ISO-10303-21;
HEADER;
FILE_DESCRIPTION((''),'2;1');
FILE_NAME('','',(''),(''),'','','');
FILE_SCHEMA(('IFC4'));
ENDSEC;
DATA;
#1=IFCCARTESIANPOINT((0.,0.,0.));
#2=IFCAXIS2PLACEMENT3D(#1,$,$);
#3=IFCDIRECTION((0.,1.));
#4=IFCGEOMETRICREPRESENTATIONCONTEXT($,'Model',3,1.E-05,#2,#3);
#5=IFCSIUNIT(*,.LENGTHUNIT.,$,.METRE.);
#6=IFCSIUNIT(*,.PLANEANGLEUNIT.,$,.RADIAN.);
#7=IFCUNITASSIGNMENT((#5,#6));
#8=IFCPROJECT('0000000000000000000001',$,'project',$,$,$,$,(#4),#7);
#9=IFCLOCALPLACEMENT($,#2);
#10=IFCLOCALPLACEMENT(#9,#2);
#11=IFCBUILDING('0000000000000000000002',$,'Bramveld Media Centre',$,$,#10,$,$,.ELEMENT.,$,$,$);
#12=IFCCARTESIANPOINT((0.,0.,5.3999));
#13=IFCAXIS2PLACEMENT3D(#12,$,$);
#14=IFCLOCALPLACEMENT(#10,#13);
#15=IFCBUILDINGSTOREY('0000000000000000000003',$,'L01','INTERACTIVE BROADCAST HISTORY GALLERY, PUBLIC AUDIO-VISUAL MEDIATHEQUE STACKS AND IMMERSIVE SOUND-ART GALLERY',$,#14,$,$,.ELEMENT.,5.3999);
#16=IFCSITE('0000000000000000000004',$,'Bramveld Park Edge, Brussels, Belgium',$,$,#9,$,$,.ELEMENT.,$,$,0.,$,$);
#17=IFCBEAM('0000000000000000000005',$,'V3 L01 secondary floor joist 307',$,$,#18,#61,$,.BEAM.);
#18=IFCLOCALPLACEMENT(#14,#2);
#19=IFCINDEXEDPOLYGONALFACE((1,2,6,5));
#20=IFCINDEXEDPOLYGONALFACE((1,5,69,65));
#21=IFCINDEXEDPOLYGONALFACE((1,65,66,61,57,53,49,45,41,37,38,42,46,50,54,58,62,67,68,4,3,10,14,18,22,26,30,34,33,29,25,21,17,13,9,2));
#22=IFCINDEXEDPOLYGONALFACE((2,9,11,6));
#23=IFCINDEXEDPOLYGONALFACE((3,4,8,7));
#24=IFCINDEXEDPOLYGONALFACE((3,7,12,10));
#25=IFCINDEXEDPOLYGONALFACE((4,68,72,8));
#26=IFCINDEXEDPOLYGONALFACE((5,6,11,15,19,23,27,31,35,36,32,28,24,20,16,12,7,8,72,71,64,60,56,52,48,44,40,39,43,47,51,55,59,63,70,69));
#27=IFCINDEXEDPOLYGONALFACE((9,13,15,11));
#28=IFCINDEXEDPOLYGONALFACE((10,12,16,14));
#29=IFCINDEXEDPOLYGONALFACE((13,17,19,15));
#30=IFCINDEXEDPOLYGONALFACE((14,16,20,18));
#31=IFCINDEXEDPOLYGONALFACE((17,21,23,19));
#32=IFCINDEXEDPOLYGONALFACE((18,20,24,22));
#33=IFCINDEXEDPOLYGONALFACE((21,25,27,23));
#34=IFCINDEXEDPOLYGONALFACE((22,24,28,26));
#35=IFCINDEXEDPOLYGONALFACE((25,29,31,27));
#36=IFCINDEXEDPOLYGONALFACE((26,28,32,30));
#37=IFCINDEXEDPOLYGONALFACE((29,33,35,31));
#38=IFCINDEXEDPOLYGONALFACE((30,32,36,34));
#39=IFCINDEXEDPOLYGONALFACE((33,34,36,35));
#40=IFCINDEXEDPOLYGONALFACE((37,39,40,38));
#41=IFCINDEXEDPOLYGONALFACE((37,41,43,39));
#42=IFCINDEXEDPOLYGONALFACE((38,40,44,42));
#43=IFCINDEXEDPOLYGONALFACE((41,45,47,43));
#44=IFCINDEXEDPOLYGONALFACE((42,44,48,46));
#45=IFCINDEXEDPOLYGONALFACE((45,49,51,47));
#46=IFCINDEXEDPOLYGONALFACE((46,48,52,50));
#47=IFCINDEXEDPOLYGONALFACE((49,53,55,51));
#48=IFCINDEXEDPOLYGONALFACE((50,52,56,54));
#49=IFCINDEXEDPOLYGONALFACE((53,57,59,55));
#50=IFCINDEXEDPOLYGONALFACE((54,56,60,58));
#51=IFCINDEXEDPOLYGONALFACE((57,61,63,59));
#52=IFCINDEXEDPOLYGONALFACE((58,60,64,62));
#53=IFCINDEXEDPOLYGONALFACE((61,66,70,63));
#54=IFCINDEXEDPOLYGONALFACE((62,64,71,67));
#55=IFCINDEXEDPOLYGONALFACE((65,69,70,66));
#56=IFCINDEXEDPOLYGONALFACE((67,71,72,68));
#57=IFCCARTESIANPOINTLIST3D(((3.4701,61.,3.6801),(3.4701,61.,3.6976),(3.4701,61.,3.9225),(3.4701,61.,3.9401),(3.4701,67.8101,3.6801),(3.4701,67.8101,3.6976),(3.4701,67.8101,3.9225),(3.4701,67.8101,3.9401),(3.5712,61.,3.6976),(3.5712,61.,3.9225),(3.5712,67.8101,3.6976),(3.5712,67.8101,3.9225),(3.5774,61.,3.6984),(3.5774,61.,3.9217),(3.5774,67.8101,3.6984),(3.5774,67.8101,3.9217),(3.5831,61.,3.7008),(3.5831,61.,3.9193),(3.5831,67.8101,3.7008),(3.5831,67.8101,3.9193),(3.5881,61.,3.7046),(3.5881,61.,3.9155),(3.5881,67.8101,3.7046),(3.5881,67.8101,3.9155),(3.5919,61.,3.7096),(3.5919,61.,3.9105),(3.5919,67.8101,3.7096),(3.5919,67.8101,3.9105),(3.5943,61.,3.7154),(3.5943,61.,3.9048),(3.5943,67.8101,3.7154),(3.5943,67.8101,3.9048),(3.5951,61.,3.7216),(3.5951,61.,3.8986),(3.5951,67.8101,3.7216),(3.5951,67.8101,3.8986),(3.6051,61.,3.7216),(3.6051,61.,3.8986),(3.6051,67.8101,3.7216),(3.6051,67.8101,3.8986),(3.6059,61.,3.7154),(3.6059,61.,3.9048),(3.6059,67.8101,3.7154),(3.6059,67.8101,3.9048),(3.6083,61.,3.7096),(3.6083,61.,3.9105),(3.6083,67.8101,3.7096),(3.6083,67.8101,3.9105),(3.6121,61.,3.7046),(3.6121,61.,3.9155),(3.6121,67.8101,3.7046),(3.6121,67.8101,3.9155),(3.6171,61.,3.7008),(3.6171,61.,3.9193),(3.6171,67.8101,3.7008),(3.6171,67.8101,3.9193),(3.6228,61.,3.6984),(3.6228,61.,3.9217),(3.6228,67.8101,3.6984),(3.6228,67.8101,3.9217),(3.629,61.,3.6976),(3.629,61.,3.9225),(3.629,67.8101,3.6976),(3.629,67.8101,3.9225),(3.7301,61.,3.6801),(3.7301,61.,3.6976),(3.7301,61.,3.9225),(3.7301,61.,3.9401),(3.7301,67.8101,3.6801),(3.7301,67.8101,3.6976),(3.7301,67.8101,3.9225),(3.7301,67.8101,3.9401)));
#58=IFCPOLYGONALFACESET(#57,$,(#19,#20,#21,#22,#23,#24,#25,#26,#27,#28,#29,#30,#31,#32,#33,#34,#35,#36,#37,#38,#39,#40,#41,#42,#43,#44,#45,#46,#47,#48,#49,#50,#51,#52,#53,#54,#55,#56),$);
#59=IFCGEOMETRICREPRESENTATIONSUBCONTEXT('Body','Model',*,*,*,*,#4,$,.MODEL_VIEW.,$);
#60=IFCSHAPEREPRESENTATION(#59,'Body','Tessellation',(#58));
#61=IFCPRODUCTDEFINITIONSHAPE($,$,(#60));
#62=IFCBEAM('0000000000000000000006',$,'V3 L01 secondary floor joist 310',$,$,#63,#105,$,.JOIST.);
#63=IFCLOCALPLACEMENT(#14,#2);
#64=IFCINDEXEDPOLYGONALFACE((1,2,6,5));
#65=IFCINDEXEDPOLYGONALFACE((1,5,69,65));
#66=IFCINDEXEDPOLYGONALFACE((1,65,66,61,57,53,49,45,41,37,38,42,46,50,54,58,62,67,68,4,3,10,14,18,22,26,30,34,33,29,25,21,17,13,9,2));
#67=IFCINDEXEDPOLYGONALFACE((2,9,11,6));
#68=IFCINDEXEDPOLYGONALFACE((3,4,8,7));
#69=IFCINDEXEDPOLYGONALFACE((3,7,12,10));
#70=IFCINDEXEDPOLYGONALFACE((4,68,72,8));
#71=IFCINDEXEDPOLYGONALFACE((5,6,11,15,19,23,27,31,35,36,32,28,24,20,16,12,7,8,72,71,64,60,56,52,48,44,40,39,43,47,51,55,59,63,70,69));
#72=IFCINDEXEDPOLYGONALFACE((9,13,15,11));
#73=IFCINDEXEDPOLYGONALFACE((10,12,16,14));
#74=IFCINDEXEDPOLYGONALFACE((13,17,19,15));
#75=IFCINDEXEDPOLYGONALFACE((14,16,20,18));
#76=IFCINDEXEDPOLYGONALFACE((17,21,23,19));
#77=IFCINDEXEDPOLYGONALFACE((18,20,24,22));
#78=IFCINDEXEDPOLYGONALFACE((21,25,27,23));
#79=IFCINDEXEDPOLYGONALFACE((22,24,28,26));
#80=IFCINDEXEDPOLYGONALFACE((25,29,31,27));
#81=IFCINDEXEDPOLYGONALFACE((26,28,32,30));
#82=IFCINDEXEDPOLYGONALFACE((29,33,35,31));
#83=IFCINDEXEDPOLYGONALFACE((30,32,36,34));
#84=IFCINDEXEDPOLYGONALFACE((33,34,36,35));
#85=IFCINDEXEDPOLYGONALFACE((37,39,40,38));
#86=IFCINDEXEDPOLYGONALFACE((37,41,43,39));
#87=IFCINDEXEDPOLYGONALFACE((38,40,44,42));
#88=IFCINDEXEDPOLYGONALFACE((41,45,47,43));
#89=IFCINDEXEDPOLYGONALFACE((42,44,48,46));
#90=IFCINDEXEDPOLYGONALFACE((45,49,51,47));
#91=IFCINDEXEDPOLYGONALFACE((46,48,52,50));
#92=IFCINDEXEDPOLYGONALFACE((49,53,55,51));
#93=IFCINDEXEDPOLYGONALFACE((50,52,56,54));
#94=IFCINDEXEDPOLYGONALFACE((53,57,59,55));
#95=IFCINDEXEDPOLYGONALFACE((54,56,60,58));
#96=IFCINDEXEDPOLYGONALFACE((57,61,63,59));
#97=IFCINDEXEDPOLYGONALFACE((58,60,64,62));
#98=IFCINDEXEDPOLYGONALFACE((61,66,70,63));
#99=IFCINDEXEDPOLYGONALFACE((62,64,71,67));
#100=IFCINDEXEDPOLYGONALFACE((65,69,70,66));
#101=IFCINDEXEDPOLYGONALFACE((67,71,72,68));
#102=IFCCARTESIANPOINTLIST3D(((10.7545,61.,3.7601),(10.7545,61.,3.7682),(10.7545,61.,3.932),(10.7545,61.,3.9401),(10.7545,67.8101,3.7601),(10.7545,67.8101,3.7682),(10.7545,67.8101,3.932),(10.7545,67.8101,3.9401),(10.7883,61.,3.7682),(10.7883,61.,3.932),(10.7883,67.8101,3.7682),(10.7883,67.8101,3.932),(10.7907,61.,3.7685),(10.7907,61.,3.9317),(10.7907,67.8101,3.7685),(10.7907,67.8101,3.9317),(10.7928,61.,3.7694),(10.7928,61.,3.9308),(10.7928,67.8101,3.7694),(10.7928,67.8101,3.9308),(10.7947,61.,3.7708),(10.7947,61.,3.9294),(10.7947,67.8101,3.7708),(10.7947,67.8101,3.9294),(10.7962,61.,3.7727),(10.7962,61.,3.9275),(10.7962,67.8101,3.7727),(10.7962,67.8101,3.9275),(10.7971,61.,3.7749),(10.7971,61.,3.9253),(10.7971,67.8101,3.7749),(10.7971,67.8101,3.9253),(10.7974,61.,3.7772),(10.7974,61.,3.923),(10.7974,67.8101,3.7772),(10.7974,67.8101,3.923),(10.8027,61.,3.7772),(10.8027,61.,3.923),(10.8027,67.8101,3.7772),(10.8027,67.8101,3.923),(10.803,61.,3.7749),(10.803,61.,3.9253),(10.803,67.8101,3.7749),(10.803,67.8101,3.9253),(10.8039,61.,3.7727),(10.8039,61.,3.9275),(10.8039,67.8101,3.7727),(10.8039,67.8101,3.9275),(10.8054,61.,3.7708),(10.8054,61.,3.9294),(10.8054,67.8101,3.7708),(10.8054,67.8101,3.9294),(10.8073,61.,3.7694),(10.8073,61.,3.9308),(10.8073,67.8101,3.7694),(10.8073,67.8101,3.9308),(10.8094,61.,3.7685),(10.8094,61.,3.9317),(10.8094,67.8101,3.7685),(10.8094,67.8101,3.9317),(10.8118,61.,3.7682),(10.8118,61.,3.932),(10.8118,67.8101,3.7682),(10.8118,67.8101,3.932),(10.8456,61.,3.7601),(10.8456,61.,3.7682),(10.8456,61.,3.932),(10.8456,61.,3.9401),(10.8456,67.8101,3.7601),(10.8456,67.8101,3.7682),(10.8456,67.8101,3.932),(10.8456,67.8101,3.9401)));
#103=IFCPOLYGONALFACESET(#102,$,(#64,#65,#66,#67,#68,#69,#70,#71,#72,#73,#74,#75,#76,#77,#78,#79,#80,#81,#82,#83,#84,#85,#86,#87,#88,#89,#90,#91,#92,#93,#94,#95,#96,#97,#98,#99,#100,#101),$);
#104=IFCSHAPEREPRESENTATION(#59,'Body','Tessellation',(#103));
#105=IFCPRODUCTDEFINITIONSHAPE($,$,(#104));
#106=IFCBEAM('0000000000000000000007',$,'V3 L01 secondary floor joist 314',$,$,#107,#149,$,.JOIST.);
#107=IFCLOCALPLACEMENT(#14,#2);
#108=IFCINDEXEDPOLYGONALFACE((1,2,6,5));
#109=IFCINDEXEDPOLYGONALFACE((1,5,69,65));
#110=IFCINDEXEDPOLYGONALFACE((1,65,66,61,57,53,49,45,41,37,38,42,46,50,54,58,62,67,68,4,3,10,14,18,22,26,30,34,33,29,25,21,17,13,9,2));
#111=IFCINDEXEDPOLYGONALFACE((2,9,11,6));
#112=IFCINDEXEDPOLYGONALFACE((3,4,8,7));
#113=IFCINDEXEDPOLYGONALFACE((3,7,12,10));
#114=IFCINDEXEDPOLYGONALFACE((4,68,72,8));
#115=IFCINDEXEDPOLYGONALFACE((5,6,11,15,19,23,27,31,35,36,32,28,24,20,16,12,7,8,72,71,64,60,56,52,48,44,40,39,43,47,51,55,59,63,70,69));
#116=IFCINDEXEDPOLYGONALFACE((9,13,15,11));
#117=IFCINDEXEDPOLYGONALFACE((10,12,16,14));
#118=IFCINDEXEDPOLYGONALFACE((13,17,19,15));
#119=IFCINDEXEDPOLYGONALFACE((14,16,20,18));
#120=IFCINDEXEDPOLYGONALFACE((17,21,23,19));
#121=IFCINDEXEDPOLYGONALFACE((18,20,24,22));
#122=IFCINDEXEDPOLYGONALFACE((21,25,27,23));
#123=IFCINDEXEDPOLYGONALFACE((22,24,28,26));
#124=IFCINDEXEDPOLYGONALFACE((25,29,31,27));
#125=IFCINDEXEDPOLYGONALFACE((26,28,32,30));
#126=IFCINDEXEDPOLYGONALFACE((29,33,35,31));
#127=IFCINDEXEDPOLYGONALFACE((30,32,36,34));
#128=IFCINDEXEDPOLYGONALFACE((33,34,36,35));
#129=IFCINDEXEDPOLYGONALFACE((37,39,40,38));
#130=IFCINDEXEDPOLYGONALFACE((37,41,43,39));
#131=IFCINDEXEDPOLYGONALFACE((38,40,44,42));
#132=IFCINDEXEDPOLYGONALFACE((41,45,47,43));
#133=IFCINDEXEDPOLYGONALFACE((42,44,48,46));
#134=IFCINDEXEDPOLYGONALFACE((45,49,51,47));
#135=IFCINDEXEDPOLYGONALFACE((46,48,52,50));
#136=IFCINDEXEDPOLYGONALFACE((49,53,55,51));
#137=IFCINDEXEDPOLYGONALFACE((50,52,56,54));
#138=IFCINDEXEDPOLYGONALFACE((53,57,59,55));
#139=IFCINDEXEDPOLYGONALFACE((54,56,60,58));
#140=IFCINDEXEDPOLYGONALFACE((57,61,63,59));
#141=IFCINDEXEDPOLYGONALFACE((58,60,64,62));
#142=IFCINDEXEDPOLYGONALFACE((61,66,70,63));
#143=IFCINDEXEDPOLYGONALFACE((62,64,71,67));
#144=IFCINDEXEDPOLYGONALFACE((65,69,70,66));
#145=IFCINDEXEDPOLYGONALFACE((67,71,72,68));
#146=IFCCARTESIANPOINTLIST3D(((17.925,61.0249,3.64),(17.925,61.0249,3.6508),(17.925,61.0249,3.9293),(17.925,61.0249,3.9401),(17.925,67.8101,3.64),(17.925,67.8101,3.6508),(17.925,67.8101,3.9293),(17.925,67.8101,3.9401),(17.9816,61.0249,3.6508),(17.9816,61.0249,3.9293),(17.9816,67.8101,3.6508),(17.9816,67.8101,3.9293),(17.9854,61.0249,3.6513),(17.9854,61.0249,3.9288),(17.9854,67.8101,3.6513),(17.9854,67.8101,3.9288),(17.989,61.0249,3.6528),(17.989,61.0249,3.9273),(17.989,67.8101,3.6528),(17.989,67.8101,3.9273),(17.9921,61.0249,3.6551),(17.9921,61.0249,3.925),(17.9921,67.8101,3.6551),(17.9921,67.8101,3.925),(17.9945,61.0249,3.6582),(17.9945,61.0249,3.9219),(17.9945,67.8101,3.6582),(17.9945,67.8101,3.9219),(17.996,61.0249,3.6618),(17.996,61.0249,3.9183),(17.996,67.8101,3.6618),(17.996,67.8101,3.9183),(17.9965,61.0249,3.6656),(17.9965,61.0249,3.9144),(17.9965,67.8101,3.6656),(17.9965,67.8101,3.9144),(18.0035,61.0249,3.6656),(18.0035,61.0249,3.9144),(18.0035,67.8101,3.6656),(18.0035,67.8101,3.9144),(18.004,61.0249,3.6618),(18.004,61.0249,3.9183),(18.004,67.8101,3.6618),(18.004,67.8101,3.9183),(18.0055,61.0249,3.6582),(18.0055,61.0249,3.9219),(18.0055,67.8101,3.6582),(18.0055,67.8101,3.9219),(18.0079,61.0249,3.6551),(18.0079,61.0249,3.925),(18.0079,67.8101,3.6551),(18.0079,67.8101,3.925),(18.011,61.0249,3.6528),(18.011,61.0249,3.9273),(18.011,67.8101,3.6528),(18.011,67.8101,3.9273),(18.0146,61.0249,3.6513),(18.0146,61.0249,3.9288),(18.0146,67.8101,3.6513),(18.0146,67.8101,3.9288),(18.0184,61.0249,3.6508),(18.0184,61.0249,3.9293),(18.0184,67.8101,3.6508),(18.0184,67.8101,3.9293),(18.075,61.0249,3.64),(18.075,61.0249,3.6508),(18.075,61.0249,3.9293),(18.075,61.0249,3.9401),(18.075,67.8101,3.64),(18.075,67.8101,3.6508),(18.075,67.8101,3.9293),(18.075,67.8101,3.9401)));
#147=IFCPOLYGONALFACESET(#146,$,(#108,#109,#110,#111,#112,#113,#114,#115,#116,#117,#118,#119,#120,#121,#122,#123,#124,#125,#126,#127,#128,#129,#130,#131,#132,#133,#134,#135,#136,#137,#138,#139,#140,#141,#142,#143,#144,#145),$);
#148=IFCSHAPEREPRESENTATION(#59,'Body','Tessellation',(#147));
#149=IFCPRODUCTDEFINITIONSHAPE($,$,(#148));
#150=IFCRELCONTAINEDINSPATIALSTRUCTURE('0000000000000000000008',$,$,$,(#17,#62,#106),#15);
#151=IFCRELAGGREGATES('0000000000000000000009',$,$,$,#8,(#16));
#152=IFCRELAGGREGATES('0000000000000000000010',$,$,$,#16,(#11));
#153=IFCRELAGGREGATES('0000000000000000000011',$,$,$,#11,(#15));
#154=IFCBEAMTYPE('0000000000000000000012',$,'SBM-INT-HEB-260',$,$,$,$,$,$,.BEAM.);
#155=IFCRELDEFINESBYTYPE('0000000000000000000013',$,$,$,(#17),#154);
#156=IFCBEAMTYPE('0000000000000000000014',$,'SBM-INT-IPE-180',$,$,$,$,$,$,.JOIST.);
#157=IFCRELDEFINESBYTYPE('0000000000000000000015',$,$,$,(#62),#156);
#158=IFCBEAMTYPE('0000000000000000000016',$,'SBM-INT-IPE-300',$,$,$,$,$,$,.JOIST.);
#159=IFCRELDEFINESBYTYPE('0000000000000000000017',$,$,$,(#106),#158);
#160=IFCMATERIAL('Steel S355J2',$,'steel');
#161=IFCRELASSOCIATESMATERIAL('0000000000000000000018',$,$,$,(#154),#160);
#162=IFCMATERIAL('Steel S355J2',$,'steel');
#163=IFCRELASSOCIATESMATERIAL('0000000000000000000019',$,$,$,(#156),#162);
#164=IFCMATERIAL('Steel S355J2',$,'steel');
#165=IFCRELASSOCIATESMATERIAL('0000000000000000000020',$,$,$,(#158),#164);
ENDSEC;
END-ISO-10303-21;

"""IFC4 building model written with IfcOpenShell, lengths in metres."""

from ifc_helpers import new_model, si_unit, direction, frame, origin, origin_2d, place, context, subcontext, project, spatial, i_section, extrude, material, material_profile, profile_set, type_object, element, save


model = new_model("IFC4")

# Units and contexts
model_context = context("Model", 3, precision=1e-05, world=origin(), true_north=direction((0.0, 1.0)))
body_context = subcontext(model_context, "Body", "Model", "MODEL_VIEW")
ifc_project = project(units=[si_unit("LENGTHUNIT", "METRE"), si_unit("PLANEANGLEUNIT", "RADIAN")], contexts=[model_context])

# Site, building, storey
site_placement = place(None, origin())
site = spatial("IfcSite", under=ifc_project, at=site_placement, Name="Bramveld Park Edge, Brussels, Belgium", CompositionType="ELEMENT", RefElevation=0.0)
building_placement = place(site_placement, origin())
building = spatial("IfcBuilding", under=site, at=building_placement, Name="Bramveld Media Centre", CompositionType="ELEMENT")
storey_placement = place(building_placement, frame((0.0, 0.0, 5.3999)))
storey = spatial("IfcBuildingStorey", under=building, at=storey_placement, Name="L01", Description="INTERACTIVE BROADCAST HISTORY GALLERY, PUBLIC AUDIO-VISUAL MEDIATHEQUE STACKS AND IMMERSIVE SOUND-ART GALLERY", CompositionType="ELEMENT", Elevation=5.3999)

# Beams
ifc_material_1 = material(Name="Steel S355J2", Category="steel")
ifc_material_profile_1 = material_profile(ifc_material_1, i_section(OverallWidth=0.26, OverallDepth=0.26, WebThickness=0.01, FlangeThickness=0.0176, FilletRadius=0.0239, at=origin_2d()), Name="HEB 260")
ifc_profile_set_1 = profile_set([ifc_material_profile_1], Name="Steel S355J2")
beam_type_1 = type_object("IfcBeamType", Name="SBM-INT-HEB-260", PredefinedType="BEAM", material=ifc_profile_set_1)
beam_1_placement = place(storey_placement, frame((3.6001, 61.0, 3.8101), z_axis=(0.0, 1.0, 0.0), x_axis=(-1.0, 0.0, 0.0)))
element("IfcBeam", 1, at=beam_1_placement, inside=storey, type_object=beam_type_1, Name="V3 L01 secondary floor joist 307", PredefinedType="BEAM", context=body_context, shape_type="SweptSolid", body=[
    extrude(i_section(OverallWidth=0.26, OverallDepth=0.26, WebThickness=0.01, FlangeThickness=0.0176, FilletRadius=0.0239, at=origin_2d()), origin(), (0.0, 0.0, 1.0), 6.8101),
])
ifc_material_2 = material(Name="Steel S355J2", Category="steel")
ifc_material_profile_2 = material_profile(ifc_material_2, i_section(OverallWidth=0.0911, OverallDepth=0.1799, WebThickness=0.0054, FlangeThickness=0.0081, FilletRadius=0.009, at=origin_2d()), Name="IPE 180")
ifc_profile_set_2 = profile_set([ifc_material_profile_2], Name="Steel S355J2")
beam_type_2 = type_object("IfcBeamType", Name="SBM-INT-IPE-180", PredefinedType="JOIST", material=ifc_profile_set_2)
beam_2_placement = place(storey_placement, frame((10.8, 61.0, 3.8501), z_axis=(0.0, 1.0, 0.0), x_axis=(-1.0, 0.0, 0.0)))
element("IfcBeam", 2, at=beam_2_placement, inside=storey, type_object=beam_type_2, Name="V3 L01 secondary floor joist 310", PredefinedType="JOIST", context=body_context, shape_type="SweptSolid", body=[
    extrude(i_section(OverallWidth=0.0911, OverallDepth=0.1799, WebThickness=0.0054, FlangeThickness=0.0081, FilletRadius=0.009, at=origin_2d()), origin(), (0.0, 0.0, 1.0), 6.8101),
])
ifc_material_3 = material(Name="Steel S355J2", Category="steel")
ifc_material_profile_3 = material_profile(ifc_material_3, i_section(OverallWidth=0.1499, OverallDepth=0.3, WebThickness=0.0071, FlangeThickness=0.0107, FilletRadius=0.0149, at=origin_2d()), Name="IPE 300")
ifc_profile_set_3 = profile_set([ifc_material_profile_3], Name="Steel S355J2")
beam_type_3 = type_object("IfcBeamType", Name="SBM-INT-IPE-300", PredefinedType="JOIST", material=ifc_profile_set_3)
beam_3_placement = place(storey_placement, frame((18.0, 61.0249, 3.79), z_axis=(0.0, 1.0, 0.0), x_axis=(-1.0, 0.0, 0.0)))
element("IfcBeam", 3, at=beam_3_placement, inside=storey, type_object=beam_type_3, Name="V3 L01 secondary floor joist 314", PredefinedType="JOIST", context=body_context, shape_type="SweptSolid", body=[
    extrude(i_section(OverallWidth=0.1499, OverallDepth=0.3, WebThickness=0.0071, FlangeThickness=0.0107, FilletRadius=0.0149, at=origin_2d()), origin(), (0.0, 0.0, 1.0), 6.7852),
])

save(model, "model.ifc")
